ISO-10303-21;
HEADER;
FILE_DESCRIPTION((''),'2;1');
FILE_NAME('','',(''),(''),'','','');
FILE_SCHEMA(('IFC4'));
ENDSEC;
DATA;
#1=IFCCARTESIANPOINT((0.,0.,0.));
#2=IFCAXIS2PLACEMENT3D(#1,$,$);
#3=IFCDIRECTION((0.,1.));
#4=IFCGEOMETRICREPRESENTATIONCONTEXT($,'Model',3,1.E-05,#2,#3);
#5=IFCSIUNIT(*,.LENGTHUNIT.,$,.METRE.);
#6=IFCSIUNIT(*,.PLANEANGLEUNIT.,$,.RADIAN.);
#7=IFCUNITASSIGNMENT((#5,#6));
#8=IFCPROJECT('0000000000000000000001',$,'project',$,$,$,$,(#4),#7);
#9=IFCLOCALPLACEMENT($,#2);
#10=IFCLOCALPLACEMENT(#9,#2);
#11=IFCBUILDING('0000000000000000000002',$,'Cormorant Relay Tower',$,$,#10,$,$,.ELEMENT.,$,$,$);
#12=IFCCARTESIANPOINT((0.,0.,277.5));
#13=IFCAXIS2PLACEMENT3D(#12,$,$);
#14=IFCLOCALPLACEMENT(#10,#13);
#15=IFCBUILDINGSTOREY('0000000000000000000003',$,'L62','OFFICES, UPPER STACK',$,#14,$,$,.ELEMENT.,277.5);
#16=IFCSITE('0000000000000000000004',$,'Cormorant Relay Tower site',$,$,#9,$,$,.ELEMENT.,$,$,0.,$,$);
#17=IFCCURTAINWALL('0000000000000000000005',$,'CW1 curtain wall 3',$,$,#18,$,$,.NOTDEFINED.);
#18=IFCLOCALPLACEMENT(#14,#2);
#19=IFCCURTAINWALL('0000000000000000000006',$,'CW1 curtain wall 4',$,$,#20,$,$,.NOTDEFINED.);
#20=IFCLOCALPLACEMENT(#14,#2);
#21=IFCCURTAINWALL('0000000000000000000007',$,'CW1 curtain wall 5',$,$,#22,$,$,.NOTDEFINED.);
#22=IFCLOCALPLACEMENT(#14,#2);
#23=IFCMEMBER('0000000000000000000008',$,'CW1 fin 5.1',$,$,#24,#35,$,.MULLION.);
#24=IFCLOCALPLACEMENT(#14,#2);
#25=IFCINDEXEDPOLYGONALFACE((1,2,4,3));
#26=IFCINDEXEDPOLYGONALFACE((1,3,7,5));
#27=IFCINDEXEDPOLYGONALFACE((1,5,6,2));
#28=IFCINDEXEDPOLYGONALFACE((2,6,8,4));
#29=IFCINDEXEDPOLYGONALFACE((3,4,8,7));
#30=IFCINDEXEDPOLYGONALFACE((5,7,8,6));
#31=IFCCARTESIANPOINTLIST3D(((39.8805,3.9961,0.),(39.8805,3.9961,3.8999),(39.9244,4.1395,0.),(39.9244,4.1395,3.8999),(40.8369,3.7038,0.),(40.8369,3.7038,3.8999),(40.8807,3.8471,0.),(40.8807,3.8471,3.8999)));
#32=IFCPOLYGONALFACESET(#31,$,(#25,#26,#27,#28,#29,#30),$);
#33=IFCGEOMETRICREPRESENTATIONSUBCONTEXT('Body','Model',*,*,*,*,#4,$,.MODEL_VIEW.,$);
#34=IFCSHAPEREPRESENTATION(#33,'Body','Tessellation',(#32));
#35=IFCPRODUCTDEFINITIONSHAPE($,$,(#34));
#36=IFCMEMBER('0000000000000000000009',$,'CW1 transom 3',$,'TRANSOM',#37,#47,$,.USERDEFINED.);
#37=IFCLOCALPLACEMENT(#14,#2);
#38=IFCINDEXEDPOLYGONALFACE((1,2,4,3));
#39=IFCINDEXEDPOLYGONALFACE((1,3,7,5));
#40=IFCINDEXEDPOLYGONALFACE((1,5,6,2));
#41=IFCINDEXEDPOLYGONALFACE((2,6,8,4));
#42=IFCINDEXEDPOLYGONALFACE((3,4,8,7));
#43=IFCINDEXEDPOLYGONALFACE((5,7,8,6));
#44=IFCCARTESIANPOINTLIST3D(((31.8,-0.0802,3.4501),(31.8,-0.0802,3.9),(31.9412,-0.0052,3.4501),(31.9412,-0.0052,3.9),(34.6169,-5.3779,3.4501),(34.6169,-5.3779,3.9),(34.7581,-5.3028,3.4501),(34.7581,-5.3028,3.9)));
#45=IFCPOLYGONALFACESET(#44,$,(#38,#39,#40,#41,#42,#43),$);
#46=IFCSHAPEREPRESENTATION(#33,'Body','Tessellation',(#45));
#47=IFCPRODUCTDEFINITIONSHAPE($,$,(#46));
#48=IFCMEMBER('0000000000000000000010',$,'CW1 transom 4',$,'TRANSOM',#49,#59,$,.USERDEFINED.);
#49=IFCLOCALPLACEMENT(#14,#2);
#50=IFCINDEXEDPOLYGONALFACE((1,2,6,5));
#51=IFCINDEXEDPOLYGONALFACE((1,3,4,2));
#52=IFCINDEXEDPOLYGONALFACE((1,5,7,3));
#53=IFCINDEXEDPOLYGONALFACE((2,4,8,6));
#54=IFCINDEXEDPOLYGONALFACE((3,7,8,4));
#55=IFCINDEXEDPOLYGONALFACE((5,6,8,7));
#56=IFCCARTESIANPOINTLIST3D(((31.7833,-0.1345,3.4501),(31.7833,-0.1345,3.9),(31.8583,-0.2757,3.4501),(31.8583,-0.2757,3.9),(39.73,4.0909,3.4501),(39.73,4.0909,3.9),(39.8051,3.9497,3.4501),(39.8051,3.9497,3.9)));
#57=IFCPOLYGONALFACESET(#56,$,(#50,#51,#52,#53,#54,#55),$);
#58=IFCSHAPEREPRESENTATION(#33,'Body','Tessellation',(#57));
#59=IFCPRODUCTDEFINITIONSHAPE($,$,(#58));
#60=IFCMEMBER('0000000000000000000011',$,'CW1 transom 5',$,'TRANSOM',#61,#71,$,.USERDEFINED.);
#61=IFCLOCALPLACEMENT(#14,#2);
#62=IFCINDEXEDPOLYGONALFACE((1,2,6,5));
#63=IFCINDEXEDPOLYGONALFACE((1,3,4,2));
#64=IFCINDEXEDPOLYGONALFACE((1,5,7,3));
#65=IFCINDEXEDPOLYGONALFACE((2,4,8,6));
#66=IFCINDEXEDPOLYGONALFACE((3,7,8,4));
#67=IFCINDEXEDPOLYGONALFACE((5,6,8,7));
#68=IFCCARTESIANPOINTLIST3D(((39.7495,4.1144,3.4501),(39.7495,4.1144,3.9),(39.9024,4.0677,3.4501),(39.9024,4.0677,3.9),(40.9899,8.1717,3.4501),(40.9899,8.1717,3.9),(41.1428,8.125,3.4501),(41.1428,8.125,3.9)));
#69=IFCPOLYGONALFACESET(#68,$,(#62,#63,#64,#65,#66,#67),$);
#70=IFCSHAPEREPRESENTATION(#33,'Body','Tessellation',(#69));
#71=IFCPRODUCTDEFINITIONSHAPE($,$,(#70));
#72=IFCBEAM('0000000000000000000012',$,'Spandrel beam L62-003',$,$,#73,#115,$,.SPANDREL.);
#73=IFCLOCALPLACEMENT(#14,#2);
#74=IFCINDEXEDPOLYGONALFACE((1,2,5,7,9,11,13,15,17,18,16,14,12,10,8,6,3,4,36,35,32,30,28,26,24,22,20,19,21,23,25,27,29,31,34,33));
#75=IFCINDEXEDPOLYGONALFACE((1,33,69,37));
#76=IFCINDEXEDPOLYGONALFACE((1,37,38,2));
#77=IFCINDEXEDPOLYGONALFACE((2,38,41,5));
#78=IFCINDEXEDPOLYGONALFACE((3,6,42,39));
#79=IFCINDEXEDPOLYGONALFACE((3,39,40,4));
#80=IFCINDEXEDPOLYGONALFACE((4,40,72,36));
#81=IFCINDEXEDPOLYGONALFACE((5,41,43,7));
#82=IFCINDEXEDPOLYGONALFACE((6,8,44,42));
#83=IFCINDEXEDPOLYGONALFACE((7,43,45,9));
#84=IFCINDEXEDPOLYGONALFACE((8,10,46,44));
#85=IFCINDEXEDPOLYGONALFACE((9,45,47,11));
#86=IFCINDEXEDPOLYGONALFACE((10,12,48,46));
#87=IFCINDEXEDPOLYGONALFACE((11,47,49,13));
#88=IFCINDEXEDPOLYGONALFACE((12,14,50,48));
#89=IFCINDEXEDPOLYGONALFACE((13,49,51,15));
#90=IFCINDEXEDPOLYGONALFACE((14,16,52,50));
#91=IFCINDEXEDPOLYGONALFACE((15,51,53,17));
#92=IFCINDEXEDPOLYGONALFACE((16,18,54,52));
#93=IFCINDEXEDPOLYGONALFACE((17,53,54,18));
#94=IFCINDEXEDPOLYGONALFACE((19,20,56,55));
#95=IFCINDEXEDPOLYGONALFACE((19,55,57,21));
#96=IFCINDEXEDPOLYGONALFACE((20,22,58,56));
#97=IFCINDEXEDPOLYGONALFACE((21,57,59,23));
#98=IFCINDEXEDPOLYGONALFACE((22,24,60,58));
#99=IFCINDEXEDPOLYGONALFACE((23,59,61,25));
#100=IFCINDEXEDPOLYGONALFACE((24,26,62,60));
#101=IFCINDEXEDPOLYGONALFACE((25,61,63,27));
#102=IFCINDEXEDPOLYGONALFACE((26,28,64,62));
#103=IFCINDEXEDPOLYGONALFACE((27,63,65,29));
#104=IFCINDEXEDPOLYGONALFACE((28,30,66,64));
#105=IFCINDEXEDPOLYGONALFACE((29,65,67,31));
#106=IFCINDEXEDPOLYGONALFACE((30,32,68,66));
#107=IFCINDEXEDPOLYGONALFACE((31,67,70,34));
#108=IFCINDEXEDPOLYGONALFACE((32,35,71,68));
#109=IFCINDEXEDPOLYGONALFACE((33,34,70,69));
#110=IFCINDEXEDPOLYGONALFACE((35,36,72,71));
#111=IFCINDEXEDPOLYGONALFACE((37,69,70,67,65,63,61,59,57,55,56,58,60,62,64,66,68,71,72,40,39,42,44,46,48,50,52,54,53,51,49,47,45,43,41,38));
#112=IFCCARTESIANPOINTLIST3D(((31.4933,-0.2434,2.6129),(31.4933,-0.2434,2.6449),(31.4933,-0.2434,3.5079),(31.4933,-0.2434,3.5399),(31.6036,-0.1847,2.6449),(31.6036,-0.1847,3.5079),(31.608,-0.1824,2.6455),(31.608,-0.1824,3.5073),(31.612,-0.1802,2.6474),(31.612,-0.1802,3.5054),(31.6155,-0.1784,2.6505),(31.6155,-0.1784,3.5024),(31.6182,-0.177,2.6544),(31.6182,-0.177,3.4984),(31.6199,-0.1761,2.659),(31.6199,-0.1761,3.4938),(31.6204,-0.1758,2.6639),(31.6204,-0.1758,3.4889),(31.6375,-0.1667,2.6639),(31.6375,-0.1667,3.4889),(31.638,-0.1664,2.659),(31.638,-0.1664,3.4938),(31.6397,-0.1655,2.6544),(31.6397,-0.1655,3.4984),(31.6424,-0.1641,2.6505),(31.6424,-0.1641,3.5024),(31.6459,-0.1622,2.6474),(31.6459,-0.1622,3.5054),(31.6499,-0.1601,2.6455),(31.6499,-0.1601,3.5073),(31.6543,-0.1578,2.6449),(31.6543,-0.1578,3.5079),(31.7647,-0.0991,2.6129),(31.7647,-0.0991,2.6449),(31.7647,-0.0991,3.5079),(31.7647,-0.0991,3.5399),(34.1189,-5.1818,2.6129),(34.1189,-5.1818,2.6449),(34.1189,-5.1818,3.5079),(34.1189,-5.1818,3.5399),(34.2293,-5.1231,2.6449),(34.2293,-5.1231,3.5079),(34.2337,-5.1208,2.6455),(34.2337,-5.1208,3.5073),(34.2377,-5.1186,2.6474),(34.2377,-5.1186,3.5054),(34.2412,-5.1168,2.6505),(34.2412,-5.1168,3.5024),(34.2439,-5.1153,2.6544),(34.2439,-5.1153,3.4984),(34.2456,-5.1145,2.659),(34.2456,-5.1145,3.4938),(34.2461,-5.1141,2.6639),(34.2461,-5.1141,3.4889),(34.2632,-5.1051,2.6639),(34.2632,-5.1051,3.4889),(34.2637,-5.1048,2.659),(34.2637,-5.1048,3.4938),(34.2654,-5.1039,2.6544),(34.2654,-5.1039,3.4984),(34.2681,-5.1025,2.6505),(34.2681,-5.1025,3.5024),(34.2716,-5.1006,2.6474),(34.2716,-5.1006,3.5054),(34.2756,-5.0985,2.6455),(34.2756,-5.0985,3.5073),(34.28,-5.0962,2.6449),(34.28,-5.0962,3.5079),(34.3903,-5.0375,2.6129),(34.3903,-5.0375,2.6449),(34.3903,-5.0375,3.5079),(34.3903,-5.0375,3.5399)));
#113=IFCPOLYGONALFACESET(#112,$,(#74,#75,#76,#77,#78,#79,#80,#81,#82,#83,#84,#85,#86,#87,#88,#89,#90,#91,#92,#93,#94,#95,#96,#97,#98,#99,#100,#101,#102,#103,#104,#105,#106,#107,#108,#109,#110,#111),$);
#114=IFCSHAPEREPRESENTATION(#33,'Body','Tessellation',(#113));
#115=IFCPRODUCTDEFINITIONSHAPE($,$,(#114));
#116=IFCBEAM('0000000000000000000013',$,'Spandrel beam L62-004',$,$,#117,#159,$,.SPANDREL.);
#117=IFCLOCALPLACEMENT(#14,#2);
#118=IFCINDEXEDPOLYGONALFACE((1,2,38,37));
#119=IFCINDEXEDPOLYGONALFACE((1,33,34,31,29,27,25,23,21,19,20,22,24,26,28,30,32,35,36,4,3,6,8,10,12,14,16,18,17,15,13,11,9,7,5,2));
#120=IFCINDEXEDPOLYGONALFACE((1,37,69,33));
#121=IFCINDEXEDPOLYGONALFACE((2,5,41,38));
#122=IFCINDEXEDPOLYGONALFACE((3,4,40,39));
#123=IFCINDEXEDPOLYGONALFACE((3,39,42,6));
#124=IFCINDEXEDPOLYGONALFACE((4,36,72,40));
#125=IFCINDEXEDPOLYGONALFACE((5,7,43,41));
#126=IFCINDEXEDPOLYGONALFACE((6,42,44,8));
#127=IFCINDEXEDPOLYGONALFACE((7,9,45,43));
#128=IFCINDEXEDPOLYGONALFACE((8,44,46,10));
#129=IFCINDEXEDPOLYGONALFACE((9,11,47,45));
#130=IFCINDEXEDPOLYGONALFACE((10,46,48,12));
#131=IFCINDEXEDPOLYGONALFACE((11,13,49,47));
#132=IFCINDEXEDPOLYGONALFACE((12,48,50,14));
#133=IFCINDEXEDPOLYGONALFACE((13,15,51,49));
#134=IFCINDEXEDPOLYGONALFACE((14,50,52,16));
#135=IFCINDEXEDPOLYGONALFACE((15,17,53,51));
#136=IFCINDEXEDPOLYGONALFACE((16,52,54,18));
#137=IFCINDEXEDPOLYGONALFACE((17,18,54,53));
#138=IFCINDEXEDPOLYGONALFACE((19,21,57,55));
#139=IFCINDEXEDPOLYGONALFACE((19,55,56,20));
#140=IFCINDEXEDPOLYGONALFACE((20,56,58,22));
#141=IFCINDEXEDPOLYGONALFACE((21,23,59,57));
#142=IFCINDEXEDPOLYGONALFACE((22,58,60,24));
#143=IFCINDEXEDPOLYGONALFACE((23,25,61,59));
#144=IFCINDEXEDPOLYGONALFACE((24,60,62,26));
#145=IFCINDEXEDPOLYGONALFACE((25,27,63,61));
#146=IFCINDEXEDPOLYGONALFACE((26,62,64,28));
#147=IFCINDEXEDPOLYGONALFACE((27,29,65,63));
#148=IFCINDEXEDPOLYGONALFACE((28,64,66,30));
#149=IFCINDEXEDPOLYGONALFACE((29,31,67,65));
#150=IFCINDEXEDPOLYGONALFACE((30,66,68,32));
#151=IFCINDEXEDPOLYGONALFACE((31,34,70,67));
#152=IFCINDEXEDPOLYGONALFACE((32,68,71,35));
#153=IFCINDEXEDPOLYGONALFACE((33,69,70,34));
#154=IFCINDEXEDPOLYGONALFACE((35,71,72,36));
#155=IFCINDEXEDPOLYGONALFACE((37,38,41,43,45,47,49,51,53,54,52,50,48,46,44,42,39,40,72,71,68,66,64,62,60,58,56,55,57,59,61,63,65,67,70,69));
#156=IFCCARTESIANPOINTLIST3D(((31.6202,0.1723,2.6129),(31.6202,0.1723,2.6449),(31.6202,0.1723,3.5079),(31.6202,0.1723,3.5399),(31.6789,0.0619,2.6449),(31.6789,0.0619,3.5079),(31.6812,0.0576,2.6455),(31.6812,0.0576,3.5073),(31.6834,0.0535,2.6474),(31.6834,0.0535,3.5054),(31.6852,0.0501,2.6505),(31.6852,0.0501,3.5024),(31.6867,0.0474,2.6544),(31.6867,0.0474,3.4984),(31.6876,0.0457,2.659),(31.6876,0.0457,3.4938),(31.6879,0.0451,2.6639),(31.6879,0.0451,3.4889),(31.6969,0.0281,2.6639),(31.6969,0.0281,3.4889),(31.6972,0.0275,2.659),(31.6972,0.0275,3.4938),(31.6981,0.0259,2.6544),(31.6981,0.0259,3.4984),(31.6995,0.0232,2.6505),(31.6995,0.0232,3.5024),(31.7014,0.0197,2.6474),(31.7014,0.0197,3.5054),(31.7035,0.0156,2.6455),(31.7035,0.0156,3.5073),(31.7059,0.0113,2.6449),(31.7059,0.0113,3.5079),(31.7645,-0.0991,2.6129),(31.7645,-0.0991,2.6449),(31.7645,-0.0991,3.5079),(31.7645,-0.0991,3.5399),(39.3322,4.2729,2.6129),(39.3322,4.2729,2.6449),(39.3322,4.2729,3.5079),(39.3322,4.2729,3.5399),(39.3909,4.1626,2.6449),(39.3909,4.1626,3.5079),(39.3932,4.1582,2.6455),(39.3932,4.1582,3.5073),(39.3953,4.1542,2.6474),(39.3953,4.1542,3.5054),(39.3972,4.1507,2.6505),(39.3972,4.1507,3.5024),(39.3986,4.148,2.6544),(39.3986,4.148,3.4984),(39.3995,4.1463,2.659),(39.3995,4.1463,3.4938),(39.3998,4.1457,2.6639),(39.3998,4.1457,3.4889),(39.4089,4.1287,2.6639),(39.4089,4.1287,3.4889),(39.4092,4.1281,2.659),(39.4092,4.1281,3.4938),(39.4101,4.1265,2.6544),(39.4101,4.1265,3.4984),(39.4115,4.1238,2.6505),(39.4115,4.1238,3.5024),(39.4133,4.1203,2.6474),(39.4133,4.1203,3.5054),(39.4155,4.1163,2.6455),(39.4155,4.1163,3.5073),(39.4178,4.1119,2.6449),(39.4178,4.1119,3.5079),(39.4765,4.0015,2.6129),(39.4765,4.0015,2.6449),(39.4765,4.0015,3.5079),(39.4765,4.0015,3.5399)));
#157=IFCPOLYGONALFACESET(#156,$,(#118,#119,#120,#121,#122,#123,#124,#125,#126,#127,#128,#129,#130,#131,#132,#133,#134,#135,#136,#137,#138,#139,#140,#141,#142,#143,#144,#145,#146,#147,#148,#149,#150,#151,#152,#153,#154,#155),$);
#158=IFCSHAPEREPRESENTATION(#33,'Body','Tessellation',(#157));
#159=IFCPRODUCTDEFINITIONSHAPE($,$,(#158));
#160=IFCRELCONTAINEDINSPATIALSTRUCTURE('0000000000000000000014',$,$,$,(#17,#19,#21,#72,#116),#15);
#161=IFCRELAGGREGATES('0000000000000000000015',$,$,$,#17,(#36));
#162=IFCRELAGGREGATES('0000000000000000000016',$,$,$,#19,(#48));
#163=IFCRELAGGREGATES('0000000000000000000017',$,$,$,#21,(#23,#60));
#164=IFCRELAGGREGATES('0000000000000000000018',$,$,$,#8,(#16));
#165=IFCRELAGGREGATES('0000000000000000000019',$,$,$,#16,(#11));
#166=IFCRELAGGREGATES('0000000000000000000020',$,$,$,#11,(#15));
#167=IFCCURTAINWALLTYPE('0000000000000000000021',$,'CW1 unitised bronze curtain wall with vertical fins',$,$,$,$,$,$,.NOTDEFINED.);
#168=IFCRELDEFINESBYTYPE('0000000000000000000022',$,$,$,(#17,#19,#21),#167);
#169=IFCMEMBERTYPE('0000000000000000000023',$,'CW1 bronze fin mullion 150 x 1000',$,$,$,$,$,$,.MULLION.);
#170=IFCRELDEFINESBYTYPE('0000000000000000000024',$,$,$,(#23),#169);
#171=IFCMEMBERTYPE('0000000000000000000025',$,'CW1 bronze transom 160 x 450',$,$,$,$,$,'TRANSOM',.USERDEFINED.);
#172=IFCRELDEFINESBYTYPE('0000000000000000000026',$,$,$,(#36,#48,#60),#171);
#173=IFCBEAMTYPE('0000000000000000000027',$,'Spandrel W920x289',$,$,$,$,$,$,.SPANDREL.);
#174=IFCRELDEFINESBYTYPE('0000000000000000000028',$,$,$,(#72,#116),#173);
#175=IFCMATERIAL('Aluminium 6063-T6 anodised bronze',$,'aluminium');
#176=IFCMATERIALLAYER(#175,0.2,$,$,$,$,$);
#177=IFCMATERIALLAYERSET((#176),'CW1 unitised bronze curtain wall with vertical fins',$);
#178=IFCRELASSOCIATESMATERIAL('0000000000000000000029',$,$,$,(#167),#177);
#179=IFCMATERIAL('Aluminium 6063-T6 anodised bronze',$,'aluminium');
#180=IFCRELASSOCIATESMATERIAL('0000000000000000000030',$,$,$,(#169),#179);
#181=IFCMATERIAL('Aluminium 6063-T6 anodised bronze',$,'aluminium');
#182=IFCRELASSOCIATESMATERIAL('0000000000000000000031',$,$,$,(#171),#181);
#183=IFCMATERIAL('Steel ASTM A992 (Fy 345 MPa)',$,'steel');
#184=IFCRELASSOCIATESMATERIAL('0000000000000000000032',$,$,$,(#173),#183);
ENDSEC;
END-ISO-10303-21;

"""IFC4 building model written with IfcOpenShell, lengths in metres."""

from ifc_helpers import new_model, si_unit, direction, frame, origin, origin_2d, place, context, subcontext, project, spatial, rectangle, i_section, extrude, material, layer, layer_set, material_profile, profile_set, type_object, element, aggregate, save


model = new_model("IFC4")

# Units and contexts
model_context = context("Model", 3, precision=1e-05, world=origin(), true_north=direction((0.0, 1.0)))
body_context = subcontext(model_context, "Body", "Model", "MODEL_VIEW")
ifc_project = project(units=[si_unit("LENGTHUNIT", "METRE"), si_unit("PLANEANGLEUNIT", "RADIAN")], contexts=[model_context])

# Site, building, storey
site_placement = place(None, origin())
site = spatial("IfcSite", under=ifc_project, at=site_placement, Name="Cormorant Relay Tower site", CompositionType="ELEMENT", RefElevation=0.0)
building_placement = place(site_placement, origin())
building = spatial("IfcBuilding", under=site, at=building_placement, Name="Cormorant Relay Tower", CompositionType="ELEMENT")
storey_placement = place(building_placement, frame((0.0, 0.0, 277.5)))
storey = spatial("IfcBuildingStorey", under=building, at=storey_placement, Name="L62", Description="OFFICES, UPPER STACK", CompositionType="ELEMENT", Elevation=277.5)

# Curtain wall
ifc_material_1 = material(Name="Aluminium 6063-T6 anodised bronze", Category="aluminium")
ifc_layer_1 = layer(ifc_material_1, 0.2)
ifc_layer_set_1 = layer_set([ifc_layer_1], Name="CW1 unitised bronze curtain wall with vertical fins")
curtain_wall_type = type_object("IfcCurtainWallType", Name="CW1 unitised bronze curtain wall with vertical fins", PredefinedType="NOTDEFINED", material=ifc_layer_set_1)
ifc_material_2 = material(Name="Aluminium 6063-T6 anodised bronze", Category="aluminium")
ifc_material_profile_1 = material_profile(ifc_material_2, rectangle(XDim=0.1499, YDim=1.0, at=origin_2d()), Name="AL 150x1000")
ifc_profile_set_1 = profile_set([ifc_material_profile_1], Name="Aluminium 6063-T6 anodised bronze")
member_type_1 = type_object("IfcMemberType", Name="CW1 bronze fin mullion 150 x 1000", PredefinedType="MULLION", material=ifc_profile_set_1)
curtain_wall_1_placement = place(storey_placement, origin())
curtain_wall_1 = element("IfcCurtainWall", 1, at=curtain_wall_1_placement, inside=storey, type_object=curtain_wall_type, Name="CW1 curtain wall 3", PredefinedType="NOTDEFINED")

# Curtain wall
curtain_wall_2_placement = place(storey_placement, origin())
curtain_wall_2 = element("IfcCurtainWall", 2, at=curtain_wall_2_placement, inside=storey, type_object=curtain_wall_type, Name="CW1 curtain wall 4", PredefinedType="NOTDEFINED")

# Curtain wall, member
curtain_wall_3_placement = place(storey_placement, origin())
curtain_wall_3 = element("IfcCurtainWall", 3, at=curtain_wall_3_placement, inside=storey, type_object=curtain_wall_type, Name="CW1 curtain wall 5", PredefinedType="NOTDEFINED")
member_1_placement = place(storey_placement, frame((40.3806, 3.9216, 0.0), z_axis=(0.0, 0.0, 1.0), x_axis=(0.292372, 0.956305, 0.0)))
member_1 = element("IfcMember", 4, at=member_1_placement, type_object=member_type_1, Name="CW1 fin 5.1", PredefinedType="MULLION", context=body_context, shape_type="SweptSolid", body=[
    extrude(rectangle(XDim=0.1499, YDim=1.0, at=origin_2d()), origin(), (0.0, 0.0, 1.0), 3.8999),
])

# Members
ifc_material_3 = material(Name="Aluminium 6063-T6 anodised bronze", Category="aluminium")
ifc_material_profile_2 = material_profile(ifc_material_3, rectangle(XDim=0.1599, YDim=0.45, at=origin_2d()), Name="AL 160x450")
ifc_profile_set_2 = profile_set([ifc_material_profile_2], Name="Aluminium 6063-T6 anodised bronze")
member_type_2 = type_object("IfcMemberType", Name="CW1 bronze transom 160 x 450", ElementType="TRANSOM", PredefinedType="USERDEFINED", material=ifc_profile_set_2)
member_2_placement = place(storey_placement, frame((34.6875, -5.3403, 3.675), z_axis=(-0.469485, 0.88294, 0.0), x_axis=(-0.88294, -0.469485, 0.0)))
member_2 = element("IfcMember", 5, at=member_2_placement, type_object=member_type_2, Name="CW1 transom 3", ObjectType="TRANSOM", PredefinedType="USERDEFINED", context=body_context, shape_type="SweptSolid", body=[
    extrude(rectangle(XDim=0.1599, YDim=0.45, at=origin_2d()), origin(), (0.0, 0.0, 1.0), 6.0),
])
member_3_placement = place(storey_placement, frame((31.8208, -0.2051, 3.675), z_axis=(0.882949, 0.469469, 0.0), x_axis=(-0.469469, 0.882949, 0.0)))
member_3 = element("IfcMember", 6, at=member_3_placement, type_object=member_type_2, Name="CW1 transom 4", ObjectType="TRANSOM", PredefinedType="USERDEFINED", context=body_context, shape_type="SweptSolid", body=[
    extrude(rectangle(XDim=0.1599, YDim=0.45, at=origin_2d()), origin(), (0.0, 0.0, 1.0), 9.0002),
])
member_4_placement = place(storey_placement, frame((39.8259, 4.0911, 3.675), z_axis=(0.292375, 0.956304, 0.0), x_axis=(-0.956304, 0.292375, 0.0)))
member_4 = element("IfcMember", 7, at=member_4_placement, type_object=member_type_2, Name="CW1 transom 5", ObjectType="TRANSOM", PredefinedType="USERDEFINED", context=body_context, shape_type="SweptSolid", body=[
    extrude(rectangle(XDim=0.1599, YDim=0.45, at=origin_2d()), origin(), (0.0, 0.0, 1.0), 4.2427),
])

# Beams
ifc_material_4 = material(Name="Steel ASTM A992 (Fy 345 MPa)", Category="steel")
ifc_material_profile_3 = material_profile(ifc_material_4, i_section(OverallWidth=0.3074, OverallDepth=0.927, WebThickness=0.0193, FlangeThickness=0.032, FilletRadius=0.019, at=origin_2d()), Name="W920x289")
ifc_profile_set_3 = profile_set([ifc_material_profile_3], Name="Steel ASTM A992 (Fy 345 MPa)")
beam_type = type_object("IfcBeamType", Name="Spandrel W920x289", PredefinedType="SPANDREL", material=ifc_profile_set_3)
beam_1_placement = place(storey_placement, frame((34.2546, -5.1096, 3.0764), z_axis=(-0.469457, 0.882955, 0.0), x_axis=(-0.882955, -0.469457, 0.0)))
element("IfcBeam", 8, at=beam_1_placement, inside=storey, type_object=beam_type, Name="Spandrel beam L62-003", PredefinedType="SPANDREL", context=body_context, shape_type="SweptSolid", body=[
    extrude(i_section(OverallWidth=0.3074, OverallDepth=0.927, WebThickness=0.0193, FlangeThickness=0.032, FilletRadius=0.019, at=origin_2d()), origin(), (0.0, 0.0, 1.0), 5.593),
])
beam_2_placement = place(storey_placement, frame((31.6924, 0.0366, 3.0764), z_axis=(0.882943, 0.469479, 0.0), x_axis=(-0.469479, 0.882943, 0.0)))
element("IfcBeam", 9, at=beam_2_placement, inside=storey, type_object=beam_type, Name="Spandrel beam L62-004", PredefinedType="SPANDREL", context=body_context, shape_type="SweptSolid", body=[
    extrude(i_section(OverallWidth=0.3074, OverallDepth=0.927, WebThickness=0.0193, FlangeThickness=0.032, FilletRadius=0.019, at=origin_2d()), origin(), (0.0, 0.0, 1.0), 8.7344),
])

aggregate(curtain_wall_1, [member_2])
aggregate(curtain_wall_2, [member_3])
aggregate(curtain_wall_3, [member_1, member_4])

save(model, "model.ifc")
